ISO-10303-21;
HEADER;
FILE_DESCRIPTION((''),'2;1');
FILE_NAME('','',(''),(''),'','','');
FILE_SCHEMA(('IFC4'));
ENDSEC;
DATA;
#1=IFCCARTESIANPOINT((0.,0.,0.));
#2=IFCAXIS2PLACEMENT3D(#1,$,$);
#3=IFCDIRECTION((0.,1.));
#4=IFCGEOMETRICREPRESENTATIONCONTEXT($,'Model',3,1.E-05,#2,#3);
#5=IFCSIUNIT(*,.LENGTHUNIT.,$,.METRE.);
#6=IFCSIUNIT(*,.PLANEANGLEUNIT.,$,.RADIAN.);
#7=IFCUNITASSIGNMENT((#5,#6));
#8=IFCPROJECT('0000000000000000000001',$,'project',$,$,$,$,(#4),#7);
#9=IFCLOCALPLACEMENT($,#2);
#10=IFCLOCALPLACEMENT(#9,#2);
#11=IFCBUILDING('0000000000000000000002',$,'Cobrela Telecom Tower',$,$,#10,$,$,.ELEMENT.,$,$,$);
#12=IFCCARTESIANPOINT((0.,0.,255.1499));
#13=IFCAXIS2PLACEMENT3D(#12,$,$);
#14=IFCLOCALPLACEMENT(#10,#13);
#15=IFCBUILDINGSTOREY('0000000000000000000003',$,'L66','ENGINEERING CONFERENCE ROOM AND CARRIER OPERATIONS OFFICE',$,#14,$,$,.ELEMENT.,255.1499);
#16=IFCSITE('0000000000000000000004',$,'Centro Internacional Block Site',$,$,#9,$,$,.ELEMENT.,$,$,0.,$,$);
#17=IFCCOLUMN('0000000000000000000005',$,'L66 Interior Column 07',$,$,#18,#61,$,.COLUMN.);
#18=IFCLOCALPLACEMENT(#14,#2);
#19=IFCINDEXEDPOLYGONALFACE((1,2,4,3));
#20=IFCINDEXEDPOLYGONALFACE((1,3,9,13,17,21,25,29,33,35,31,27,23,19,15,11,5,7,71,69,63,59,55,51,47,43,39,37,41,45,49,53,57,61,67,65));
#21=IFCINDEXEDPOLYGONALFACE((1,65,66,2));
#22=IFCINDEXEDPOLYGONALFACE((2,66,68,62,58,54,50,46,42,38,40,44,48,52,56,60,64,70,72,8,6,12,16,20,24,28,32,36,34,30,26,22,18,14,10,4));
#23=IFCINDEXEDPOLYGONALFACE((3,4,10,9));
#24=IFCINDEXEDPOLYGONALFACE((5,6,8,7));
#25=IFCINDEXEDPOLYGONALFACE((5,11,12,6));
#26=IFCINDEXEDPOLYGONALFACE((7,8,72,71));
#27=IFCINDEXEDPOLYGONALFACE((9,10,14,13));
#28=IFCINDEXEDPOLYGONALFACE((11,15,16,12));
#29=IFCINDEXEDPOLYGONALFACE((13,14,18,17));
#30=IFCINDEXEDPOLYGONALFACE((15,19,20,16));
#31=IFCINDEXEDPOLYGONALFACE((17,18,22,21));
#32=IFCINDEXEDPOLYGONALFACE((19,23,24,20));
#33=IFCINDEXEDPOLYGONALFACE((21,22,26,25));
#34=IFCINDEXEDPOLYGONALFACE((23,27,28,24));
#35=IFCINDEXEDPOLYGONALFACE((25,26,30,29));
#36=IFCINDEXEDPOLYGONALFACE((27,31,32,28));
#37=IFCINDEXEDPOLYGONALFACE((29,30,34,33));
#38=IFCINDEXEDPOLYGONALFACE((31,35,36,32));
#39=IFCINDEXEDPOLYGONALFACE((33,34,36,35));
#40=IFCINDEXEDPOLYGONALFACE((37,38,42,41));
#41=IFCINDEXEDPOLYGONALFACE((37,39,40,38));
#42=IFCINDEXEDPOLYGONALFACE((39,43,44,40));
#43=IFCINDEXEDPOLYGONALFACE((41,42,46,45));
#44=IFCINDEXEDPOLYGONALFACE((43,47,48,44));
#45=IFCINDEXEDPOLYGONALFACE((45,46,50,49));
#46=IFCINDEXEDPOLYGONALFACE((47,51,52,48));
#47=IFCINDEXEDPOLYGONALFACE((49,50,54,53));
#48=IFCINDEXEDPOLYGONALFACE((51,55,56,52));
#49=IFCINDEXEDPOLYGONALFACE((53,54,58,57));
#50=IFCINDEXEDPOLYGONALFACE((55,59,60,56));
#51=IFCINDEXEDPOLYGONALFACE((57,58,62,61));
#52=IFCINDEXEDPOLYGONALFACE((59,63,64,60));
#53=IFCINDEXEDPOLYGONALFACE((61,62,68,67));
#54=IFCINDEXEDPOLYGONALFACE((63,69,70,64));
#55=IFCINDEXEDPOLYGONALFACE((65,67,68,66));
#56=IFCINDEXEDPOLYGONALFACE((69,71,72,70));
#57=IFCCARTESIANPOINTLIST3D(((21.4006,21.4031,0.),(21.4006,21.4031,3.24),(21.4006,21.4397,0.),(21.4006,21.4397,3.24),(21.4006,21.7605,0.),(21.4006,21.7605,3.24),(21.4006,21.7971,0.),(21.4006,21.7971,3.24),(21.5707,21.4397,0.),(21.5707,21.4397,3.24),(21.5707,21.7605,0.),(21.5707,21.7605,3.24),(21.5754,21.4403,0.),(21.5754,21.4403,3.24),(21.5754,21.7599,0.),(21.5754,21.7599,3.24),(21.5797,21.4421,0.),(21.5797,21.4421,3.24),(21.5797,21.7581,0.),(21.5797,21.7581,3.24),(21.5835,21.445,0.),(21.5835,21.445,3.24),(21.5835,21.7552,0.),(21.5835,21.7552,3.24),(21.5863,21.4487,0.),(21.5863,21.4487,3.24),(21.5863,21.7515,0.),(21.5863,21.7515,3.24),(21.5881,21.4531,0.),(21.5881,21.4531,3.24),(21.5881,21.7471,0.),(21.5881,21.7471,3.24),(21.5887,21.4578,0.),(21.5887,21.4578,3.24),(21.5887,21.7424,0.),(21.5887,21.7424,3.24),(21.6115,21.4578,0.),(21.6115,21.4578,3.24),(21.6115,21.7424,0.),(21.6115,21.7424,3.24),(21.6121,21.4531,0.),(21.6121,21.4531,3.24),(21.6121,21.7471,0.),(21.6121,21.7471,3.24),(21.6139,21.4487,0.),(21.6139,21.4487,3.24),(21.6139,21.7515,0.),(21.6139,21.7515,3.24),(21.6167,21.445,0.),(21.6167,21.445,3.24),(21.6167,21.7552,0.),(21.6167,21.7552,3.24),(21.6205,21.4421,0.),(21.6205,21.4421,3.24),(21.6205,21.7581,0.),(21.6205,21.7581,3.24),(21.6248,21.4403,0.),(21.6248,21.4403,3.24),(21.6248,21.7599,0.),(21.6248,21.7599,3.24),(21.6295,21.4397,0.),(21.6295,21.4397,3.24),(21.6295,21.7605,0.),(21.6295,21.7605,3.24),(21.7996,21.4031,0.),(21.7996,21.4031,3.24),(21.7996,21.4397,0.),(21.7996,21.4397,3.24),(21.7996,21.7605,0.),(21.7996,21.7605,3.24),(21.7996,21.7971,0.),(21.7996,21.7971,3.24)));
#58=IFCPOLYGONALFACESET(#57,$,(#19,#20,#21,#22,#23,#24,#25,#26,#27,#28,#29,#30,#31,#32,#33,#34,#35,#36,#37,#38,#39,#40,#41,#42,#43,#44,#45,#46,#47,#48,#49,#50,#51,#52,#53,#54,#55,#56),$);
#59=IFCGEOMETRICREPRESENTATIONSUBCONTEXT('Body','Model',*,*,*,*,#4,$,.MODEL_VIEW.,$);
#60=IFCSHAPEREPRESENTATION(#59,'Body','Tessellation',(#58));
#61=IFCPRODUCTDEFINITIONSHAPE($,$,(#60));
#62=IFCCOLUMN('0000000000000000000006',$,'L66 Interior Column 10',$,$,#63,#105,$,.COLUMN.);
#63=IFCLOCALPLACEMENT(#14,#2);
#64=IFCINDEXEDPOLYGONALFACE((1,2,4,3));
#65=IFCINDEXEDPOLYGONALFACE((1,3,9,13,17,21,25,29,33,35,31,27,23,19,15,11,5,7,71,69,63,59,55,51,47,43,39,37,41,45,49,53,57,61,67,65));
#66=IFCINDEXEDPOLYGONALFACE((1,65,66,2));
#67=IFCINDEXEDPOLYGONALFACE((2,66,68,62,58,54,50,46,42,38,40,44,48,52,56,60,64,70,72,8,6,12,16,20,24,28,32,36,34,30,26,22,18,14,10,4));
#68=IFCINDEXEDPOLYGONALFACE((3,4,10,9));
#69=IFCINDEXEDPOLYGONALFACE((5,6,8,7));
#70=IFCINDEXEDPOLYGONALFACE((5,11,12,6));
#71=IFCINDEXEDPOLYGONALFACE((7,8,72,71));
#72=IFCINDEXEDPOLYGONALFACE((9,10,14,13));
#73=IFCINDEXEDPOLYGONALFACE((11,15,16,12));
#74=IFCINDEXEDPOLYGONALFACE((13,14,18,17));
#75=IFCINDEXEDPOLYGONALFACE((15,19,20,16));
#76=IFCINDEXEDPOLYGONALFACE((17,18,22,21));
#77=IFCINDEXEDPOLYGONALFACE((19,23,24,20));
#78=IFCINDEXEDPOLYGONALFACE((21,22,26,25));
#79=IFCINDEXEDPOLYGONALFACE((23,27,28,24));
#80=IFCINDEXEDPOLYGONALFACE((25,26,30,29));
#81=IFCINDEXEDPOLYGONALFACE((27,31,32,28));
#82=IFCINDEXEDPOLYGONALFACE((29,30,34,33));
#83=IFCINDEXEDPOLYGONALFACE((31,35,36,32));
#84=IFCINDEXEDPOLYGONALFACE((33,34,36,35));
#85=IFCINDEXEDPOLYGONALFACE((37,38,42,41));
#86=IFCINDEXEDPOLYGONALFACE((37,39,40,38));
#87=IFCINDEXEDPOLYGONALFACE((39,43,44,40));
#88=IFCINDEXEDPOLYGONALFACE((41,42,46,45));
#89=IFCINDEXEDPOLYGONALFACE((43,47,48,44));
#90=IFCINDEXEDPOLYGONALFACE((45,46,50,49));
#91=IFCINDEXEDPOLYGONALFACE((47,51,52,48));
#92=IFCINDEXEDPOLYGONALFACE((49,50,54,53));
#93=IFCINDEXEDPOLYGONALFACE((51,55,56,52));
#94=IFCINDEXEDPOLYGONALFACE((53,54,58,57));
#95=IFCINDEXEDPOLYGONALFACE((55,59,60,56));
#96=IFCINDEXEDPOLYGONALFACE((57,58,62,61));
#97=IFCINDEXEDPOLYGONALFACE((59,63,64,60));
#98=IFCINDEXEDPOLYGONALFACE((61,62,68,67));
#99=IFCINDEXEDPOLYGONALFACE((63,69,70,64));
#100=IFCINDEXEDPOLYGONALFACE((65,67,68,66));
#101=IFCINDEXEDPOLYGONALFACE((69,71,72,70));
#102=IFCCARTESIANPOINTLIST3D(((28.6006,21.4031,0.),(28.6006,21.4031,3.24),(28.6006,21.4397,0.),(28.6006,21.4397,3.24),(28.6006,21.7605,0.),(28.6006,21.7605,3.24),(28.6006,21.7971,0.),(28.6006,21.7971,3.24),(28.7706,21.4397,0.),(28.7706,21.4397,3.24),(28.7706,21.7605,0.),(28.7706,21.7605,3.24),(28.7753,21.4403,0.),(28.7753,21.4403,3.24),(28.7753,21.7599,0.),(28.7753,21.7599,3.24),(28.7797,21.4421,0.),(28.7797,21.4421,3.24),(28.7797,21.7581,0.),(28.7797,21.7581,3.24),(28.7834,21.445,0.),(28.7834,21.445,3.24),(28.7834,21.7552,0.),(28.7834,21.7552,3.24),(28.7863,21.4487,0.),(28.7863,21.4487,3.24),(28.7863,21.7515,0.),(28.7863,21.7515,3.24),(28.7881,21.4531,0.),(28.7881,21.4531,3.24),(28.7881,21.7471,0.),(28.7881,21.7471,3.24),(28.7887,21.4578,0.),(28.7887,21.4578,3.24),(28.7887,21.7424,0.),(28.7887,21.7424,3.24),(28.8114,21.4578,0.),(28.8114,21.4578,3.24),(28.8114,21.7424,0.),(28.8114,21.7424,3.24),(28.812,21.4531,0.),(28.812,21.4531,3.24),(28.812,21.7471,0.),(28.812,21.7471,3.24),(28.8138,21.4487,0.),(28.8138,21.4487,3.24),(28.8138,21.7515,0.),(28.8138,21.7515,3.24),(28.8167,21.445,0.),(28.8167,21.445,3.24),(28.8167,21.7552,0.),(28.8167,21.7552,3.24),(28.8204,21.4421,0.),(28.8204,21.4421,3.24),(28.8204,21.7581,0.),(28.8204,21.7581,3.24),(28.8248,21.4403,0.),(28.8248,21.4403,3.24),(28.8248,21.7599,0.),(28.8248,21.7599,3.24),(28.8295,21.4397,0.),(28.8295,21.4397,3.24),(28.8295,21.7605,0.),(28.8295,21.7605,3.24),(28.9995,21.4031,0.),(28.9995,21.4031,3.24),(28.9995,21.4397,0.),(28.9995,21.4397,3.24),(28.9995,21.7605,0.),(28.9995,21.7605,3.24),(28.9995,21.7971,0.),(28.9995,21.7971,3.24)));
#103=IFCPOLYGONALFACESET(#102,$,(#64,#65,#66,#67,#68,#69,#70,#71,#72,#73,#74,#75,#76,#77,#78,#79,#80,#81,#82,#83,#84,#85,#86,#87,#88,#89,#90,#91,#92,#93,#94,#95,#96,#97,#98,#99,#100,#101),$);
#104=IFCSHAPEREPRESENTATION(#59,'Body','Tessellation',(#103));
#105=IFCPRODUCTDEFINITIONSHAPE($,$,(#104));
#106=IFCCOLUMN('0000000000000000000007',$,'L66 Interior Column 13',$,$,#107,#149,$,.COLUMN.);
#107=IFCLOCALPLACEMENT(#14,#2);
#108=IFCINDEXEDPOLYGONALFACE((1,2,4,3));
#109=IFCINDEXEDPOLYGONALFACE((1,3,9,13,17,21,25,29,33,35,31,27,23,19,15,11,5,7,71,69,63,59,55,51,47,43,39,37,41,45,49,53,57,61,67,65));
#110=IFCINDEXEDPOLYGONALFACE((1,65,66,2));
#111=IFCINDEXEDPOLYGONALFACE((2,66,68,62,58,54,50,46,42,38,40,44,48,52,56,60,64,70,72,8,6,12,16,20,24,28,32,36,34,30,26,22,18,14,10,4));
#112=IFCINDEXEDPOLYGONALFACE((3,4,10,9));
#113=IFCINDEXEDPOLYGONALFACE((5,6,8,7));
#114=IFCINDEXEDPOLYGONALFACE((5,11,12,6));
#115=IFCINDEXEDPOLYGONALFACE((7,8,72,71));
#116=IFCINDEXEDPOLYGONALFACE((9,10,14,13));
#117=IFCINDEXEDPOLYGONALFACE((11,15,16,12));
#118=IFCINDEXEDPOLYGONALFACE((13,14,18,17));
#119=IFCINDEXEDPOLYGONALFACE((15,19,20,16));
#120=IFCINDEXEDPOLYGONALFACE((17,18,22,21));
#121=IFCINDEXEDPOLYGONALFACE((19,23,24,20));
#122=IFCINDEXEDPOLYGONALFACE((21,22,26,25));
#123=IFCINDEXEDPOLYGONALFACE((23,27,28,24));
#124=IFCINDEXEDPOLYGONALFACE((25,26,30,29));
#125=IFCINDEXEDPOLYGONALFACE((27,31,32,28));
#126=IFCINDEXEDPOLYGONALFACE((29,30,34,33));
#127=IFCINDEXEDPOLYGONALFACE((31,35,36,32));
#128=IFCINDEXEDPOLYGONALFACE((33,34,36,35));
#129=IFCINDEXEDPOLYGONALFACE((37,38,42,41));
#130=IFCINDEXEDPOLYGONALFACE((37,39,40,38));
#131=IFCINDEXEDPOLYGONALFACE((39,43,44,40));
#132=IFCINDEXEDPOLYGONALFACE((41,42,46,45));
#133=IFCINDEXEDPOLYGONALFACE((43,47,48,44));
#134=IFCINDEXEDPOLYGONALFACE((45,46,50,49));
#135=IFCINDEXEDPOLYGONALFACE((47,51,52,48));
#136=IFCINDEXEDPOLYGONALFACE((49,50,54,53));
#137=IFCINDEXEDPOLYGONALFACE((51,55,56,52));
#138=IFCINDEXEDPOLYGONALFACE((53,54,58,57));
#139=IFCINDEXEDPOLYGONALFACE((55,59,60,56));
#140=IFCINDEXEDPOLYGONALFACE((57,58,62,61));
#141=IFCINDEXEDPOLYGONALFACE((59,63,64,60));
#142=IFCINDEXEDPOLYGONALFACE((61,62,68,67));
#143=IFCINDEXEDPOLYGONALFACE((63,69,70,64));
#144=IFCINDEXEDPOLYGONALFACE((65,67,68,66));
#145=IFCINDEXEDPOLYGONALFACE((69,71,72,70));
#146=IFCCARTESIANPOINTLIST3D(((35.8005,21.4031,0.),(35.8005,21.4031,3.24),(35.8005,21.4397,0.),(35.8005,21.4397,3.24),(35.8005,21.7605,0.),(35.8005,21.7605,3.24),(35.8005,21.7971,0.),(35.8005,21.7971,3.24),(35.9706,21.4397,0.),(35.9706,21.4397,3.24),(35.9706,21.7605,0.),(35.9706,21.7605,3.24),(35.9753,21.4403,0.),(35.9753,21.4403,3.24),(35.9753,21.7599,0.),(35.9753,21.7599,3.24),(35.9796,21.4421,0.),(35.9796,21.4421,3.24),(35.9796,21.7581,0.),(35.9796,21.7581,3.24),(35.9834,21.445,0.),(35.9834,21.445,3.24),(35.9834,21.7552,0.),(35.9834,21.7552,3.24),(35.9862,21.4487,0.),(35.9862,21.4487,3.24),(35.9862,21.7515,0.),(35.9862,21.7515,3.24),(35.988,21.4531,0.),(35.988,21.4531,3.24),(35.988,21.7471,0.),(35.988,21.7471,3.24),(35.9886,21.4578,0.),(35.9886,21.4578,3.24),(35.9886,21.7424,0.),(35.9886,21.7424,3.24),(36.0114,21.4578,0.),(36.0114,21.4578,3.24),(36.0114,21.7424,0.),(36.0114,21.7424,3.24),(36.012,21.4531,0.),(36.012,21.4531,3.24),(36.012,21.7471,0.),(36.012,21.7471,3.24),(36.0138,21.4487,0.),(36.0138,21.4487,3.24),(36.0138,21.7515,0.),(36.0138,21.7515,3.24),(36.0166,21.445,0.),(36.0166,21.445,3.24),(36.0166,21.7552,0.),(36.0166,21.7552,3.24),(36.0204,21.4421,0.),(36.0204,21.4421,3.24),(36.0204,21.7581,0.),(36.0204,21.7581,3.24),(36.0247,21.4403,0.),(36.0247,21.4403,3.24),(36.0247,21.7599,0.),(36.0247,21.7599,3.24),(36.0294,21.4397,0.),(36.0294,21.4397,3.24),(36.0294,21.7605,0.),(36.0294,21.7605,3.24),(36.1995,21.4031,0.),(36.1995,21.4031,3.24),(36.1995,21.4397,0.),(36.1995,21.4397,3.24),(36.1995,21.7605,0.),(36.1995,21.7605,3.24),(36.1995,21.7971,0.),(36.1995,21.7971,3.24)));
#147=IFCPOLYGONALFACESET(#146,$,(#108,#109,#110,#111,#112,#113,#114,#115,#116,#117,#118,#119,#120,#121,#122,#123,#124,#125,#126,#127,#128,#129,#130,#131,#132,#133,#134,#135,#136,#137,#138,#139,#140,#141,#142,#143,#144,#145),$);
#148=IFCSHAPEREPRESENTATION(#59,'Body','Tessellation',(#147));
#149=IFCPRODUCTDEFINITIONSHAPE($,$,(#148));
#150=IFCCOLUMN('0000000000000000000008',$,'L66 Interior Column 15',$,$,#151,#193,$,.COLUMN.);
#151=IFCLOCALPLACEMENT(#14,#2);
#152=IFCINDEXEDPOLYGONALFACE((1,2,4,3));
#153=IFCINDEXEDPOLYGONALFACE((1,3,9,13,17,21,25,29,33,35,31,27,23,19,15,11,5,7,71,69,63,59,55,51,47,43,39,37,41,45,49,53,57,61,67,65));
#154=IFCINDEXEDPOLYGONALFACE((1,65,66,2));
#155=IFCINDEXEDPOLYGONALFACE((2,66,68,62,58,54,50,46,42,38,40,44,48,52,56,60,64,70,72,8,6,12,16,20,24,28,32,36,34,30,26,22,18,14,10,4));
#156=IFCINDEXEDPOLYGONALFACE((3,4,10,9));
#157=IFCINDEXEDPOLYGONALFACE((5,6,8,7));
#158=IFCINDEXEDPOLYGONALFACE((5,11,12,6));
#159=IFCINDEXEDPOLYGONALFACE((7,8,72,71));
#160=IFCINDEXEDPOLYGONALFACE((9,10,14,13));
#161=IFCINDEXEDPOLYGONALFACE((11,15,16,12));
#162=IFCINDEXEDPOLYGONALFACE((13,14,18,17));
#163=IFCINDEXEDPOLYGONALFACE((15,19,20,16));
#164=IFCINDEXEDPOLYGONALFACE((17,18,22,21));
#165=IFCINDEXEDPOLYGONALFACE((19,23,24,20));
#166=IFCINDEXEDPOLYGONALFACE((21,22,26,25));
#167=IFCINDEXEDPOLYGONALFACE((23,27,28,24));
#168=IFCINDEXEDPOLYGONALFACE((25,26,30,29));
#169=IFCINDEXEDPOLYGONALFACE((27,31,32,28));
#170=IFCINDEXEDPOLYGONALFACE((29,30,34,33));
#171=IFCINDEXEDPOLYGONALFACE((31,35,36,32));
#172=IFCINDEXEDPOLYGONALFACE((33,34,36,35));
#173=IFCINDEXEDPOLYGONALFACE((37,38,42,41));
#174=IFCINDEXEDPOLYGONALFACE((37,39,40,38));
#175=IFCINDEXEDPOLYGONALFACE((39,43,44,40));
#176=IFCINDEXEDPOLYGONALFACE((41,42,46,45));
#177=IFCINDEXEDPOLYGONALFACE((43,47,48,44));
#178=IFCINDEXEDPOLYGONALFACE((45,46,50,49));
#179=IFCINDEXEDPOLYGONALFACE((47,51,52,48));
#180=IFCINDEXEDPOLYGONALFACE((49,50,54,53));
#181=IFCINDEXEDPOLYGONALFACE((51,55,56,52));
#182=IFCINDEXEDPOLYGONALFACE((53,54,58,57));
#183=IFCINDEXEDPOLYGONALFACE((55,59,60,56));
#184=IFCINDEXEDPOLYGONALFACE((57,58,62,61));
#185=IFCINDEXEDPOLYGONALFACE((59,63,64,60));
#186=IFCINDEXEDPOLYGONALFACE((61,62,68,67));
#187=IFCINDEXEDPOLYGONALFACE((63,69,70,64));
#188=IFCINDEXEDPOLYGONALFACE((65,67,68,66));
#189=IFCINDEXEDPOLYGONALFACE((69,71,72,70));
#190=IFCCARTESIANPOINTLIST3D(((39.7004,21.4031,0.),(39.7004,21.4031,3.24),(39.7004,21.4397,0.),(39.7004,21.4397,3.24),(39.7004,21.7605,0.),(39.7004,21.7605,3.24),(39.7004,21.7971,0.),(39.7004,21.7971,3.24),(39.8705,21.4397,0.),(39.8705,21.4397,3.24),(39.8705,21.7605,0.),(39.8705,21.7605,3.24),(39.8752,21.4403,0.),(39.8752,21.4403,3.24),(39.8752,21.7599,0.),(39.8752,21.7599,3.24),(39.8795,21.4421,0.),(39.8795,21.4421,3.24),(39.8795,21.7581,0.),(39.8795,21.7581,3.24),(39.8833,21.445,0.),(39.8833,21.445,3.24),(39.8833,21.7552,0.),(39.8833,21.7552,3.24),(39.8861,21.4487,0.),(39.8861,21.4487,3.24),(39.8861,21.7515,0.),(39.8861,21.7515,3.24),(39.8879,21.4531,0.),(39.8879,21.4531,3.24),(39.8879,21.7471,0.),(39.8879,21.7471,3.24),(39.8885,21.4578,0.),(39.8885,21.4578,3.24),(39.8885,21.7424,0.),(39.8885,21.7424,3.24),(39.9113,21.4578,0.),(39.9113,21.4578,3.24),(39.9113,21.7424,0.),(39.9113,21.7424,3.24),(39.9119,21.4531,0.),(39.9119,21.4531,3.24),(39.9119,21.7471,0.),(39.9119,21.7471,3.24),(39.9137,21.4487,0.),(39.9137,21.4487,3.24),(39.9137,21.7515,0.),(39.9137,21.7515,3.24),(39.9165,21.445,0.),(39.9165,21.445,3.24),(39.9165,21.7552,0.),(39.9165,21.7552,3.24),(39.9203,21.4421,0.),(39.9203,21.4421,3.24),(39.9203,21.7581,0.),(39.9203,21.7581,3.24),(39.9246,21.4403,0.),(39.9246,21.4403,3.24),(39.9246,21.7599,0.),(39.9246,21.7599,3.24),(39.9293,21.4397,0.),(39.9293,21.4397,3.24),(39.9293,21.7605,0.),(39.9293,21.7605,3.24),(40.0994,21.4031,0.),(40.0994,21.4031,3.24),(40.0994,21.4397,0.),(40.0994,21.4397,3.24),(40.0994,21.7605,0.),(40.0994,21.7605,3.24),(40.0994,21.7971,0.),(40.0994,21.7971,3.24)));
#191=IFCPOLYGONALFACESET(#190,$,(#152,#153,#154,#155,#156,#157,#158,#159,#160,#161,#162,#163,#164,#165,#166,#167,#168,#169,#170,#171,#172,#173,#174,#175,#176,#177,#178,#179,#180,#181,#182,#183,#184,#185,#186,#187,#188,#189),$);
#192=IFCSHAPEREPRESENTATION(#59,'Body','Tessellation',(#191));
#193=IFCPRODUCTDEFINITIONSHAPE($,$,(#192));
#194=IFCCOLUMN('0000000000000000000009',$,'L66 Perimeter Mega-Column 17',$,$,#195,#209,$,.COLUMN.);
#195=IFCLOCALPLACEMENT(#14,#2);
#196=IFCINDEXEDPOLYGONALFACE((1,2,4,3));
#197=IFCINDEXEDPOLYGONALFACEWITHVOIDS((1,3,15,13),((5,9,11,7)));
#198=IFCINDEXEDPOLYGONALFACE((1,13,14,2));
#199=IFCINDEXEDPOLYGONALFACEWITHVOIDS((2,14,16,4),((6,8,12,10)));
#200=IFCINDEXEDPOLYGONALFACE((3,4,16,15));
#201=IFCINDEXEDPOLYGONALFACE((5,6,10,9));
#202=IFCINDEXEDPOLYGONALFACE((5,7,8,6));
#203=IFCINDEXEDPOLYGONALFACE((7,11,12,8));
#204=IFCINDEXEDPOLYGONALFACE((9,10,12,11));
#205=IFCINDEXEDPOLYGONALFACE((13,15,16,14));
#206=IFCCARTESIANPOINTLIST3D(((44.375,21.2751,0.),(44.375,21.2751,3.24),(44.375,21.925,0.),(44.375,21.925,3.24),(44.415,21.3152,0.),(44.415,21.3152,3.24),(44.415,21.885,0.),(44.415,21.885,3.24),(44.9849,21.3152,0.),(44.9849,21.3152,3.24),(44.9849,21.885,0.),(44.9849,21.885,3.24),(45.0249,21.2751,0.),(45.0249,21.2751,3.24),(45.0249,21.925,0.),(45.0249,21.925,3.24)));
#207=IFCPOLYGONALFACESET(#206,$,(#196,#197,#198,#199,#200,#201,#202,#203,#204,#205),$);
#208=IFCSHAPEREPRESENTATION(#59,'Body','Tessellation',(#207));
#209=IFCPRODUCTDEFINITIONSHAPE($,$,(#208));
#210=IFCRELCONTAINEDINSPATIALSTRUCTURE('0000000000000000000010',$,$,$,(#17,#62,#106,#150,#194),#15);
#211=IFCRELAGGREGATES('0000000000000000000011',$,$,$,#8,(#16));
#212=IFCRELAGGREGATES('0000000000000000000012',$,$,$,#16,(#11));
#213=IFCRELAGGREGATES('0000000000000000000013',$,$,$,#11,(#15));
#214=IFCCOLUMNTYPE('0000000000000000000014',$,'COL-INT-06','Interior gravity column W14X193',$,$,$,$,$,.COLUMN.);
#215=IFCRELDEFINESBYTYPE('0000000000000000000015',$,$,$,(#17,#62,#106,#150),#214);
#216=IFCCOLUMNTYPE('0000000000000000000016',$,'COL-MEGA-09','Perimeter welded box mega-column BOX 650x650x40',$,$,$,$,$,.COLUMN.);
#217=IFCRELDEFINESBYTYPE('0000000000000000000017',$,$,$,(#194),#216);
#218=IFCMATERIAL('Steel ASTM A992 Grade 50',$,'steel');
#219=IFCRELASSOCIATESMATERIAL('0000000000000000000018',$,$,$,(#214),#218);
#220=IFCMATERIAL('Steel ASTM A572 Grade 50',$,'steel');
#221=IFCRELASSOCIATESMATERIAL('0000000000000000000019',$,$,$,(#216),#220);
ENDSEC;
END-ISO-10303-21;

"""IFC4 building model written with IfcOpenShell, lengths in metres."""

from ifc_helpers import new_model, si_unit, direction, frame, origin, origin_2d, place, context, subcontext, project, spatial, hollow_rectangle, i_section, extrude, material, material_profile, profile_set, type_object, element, save


model = new_model("IFC4")

# Units and contexts
model_context = context("Model", 3, precision=1e-05, world=origin(), true_north=direction((0.0, 1.0)))
body_context = subcontext(model_context, "Body", "Model", "MODEL_VIEW")
ifc_project = project(units=[si_unit("LENGTHUNIT", "METRE"), si_unit("PLANEANGLEUNIT", "RADIAN")], contexts=[model_context])

# Site, building, storey
site_placement = place(None, origin())
site = spatial("IfcSite", under=ifc_project, at=site_placement, Name="Centro Internacional Block Site", CompositionType="ELEMENT", RefElevation=0.0)
building_placement = place(site_placement, origin())
building = spatial("IfcBuilding", under=site, at=building_placement, Name="Cobrela Telecom Tower", CompositionType="ELEMENT")
storey_placement = place(building_placement, frame((0.0, 0.0, 255.1499)))
storey = spatial("IfcBuildingStorey", under=building, at=storey_placement, Name="L66", Description="ENGINEERING CONFERENCE ROOM AND CARRIER OPERATIONS OFFICE", CompositionType="ELEMENT", Elevation=255.1499)

# Columns
ifc_material_1 = material(Name="Steel ASTM A992 Grade 50", Category="steel")
ifc_material_profile_1 = material_profile(ifc_material_1, i_section(OverallWidth=0.3989, OverallDepth=0.394, WebThickness=0.0227, FlangeThickness=0.0366, FilletRadius=0.0181, at=origin_2d()), Name="W14X193")
ifc_profile_set_1 = profile_set([ifc_material_profile_1], Name="Steel ASTM A992 Grade 50")
column_type_1 = type_object("IfcColumnType", Name="COL-INT-06", Description="Interior gravity column W14X193", PredefinedType="COLUMN", material=ifc_profile_set_1)
for number, where, z_axis, x_axis, name in (
    (1, (21.6001, 21.6001, 0.0), (0.0, 0.0, 1.0), (1.0, 0.0, 0.0), "L66 Interior Column 07"),
    (2, (28.8, 21.6001, 0.0), (0.0, 0.0, 1.0), (1.0, 0.0, 0.0), "L66 Interior Column 10"),
    (3, (36.0, 21.6001, 0.0), (0.0, 0.0, 1.0), (1.0, 0.0, 0.0), "L66 Interior Column 13"),
    (4, (39.8999, 21.6001, 0.0), (0.0, 0.0, 1.0), (1.0, 0.0, 0.0), "L66 Interior Column 15"),
):
    element("IfcColumn", number, at=place(storey_placement, frame(where, z_axis=z_axis, x_axis=x_axis)), inside=storey, type_object=column_type_1, Name=name, PredefinedType="COLUMN", context=body_context, shape_type="SweptSolid", body=[
        extrude(i_section(OverallWidth=0.3989, OverallDepth=0.394, WebThickness=0.0227, FlangeThickness=0.0366, FilletRadius=0.0181, at=origin_2d()), origin(), (0.0, 0.0, 1.0), 3.24),
    ])
ifc_material_2 = material(Name="Steel ASTM A572 Grade 50", Category="steel")
ifc_material_profile_2 = material_profile(ifc_material_2, hollow_rectangle(XDim=0.6499, YDim=0.6499, WallThickness=0.04, at=origin_2d()), Name="BOX 650x650x40")
ifc_profile_set_2 = profile_set([ifc_material_profile_2], Name="Steel ASTM A572 Grade 50")
column_type_2 = type_object("IfcColumnType", Name="COL-MEGA-09", Description="Perimeter welded box mega-column BOX 650x650x40", PredefinedType="COLUMN", material=ifc_profile_set_2)
column_placement = place(storey_placement, frame((44.7, 21.6001, 0.0), z_axis=(0.0, 0.0, 1.0), x_axis=(1.0, 0.0, 0.0)))
element("IfcColumn", 5, at=column_placement, inside=storey, type_object=column_type_2, Name="L66 Perimeter Mega-Column 17", PredefinedType="COLUMN", context=body_context, shape_type="SweptSolid", body=[
    extrude(hollow_rectangle(XDim=0.6499, YDim=0.6499, WallThickness=0.04, at=origin_2d()), origin(), (0.0, 0.0, 1.0), 3.24),
])

save(model, "model.ifc")
